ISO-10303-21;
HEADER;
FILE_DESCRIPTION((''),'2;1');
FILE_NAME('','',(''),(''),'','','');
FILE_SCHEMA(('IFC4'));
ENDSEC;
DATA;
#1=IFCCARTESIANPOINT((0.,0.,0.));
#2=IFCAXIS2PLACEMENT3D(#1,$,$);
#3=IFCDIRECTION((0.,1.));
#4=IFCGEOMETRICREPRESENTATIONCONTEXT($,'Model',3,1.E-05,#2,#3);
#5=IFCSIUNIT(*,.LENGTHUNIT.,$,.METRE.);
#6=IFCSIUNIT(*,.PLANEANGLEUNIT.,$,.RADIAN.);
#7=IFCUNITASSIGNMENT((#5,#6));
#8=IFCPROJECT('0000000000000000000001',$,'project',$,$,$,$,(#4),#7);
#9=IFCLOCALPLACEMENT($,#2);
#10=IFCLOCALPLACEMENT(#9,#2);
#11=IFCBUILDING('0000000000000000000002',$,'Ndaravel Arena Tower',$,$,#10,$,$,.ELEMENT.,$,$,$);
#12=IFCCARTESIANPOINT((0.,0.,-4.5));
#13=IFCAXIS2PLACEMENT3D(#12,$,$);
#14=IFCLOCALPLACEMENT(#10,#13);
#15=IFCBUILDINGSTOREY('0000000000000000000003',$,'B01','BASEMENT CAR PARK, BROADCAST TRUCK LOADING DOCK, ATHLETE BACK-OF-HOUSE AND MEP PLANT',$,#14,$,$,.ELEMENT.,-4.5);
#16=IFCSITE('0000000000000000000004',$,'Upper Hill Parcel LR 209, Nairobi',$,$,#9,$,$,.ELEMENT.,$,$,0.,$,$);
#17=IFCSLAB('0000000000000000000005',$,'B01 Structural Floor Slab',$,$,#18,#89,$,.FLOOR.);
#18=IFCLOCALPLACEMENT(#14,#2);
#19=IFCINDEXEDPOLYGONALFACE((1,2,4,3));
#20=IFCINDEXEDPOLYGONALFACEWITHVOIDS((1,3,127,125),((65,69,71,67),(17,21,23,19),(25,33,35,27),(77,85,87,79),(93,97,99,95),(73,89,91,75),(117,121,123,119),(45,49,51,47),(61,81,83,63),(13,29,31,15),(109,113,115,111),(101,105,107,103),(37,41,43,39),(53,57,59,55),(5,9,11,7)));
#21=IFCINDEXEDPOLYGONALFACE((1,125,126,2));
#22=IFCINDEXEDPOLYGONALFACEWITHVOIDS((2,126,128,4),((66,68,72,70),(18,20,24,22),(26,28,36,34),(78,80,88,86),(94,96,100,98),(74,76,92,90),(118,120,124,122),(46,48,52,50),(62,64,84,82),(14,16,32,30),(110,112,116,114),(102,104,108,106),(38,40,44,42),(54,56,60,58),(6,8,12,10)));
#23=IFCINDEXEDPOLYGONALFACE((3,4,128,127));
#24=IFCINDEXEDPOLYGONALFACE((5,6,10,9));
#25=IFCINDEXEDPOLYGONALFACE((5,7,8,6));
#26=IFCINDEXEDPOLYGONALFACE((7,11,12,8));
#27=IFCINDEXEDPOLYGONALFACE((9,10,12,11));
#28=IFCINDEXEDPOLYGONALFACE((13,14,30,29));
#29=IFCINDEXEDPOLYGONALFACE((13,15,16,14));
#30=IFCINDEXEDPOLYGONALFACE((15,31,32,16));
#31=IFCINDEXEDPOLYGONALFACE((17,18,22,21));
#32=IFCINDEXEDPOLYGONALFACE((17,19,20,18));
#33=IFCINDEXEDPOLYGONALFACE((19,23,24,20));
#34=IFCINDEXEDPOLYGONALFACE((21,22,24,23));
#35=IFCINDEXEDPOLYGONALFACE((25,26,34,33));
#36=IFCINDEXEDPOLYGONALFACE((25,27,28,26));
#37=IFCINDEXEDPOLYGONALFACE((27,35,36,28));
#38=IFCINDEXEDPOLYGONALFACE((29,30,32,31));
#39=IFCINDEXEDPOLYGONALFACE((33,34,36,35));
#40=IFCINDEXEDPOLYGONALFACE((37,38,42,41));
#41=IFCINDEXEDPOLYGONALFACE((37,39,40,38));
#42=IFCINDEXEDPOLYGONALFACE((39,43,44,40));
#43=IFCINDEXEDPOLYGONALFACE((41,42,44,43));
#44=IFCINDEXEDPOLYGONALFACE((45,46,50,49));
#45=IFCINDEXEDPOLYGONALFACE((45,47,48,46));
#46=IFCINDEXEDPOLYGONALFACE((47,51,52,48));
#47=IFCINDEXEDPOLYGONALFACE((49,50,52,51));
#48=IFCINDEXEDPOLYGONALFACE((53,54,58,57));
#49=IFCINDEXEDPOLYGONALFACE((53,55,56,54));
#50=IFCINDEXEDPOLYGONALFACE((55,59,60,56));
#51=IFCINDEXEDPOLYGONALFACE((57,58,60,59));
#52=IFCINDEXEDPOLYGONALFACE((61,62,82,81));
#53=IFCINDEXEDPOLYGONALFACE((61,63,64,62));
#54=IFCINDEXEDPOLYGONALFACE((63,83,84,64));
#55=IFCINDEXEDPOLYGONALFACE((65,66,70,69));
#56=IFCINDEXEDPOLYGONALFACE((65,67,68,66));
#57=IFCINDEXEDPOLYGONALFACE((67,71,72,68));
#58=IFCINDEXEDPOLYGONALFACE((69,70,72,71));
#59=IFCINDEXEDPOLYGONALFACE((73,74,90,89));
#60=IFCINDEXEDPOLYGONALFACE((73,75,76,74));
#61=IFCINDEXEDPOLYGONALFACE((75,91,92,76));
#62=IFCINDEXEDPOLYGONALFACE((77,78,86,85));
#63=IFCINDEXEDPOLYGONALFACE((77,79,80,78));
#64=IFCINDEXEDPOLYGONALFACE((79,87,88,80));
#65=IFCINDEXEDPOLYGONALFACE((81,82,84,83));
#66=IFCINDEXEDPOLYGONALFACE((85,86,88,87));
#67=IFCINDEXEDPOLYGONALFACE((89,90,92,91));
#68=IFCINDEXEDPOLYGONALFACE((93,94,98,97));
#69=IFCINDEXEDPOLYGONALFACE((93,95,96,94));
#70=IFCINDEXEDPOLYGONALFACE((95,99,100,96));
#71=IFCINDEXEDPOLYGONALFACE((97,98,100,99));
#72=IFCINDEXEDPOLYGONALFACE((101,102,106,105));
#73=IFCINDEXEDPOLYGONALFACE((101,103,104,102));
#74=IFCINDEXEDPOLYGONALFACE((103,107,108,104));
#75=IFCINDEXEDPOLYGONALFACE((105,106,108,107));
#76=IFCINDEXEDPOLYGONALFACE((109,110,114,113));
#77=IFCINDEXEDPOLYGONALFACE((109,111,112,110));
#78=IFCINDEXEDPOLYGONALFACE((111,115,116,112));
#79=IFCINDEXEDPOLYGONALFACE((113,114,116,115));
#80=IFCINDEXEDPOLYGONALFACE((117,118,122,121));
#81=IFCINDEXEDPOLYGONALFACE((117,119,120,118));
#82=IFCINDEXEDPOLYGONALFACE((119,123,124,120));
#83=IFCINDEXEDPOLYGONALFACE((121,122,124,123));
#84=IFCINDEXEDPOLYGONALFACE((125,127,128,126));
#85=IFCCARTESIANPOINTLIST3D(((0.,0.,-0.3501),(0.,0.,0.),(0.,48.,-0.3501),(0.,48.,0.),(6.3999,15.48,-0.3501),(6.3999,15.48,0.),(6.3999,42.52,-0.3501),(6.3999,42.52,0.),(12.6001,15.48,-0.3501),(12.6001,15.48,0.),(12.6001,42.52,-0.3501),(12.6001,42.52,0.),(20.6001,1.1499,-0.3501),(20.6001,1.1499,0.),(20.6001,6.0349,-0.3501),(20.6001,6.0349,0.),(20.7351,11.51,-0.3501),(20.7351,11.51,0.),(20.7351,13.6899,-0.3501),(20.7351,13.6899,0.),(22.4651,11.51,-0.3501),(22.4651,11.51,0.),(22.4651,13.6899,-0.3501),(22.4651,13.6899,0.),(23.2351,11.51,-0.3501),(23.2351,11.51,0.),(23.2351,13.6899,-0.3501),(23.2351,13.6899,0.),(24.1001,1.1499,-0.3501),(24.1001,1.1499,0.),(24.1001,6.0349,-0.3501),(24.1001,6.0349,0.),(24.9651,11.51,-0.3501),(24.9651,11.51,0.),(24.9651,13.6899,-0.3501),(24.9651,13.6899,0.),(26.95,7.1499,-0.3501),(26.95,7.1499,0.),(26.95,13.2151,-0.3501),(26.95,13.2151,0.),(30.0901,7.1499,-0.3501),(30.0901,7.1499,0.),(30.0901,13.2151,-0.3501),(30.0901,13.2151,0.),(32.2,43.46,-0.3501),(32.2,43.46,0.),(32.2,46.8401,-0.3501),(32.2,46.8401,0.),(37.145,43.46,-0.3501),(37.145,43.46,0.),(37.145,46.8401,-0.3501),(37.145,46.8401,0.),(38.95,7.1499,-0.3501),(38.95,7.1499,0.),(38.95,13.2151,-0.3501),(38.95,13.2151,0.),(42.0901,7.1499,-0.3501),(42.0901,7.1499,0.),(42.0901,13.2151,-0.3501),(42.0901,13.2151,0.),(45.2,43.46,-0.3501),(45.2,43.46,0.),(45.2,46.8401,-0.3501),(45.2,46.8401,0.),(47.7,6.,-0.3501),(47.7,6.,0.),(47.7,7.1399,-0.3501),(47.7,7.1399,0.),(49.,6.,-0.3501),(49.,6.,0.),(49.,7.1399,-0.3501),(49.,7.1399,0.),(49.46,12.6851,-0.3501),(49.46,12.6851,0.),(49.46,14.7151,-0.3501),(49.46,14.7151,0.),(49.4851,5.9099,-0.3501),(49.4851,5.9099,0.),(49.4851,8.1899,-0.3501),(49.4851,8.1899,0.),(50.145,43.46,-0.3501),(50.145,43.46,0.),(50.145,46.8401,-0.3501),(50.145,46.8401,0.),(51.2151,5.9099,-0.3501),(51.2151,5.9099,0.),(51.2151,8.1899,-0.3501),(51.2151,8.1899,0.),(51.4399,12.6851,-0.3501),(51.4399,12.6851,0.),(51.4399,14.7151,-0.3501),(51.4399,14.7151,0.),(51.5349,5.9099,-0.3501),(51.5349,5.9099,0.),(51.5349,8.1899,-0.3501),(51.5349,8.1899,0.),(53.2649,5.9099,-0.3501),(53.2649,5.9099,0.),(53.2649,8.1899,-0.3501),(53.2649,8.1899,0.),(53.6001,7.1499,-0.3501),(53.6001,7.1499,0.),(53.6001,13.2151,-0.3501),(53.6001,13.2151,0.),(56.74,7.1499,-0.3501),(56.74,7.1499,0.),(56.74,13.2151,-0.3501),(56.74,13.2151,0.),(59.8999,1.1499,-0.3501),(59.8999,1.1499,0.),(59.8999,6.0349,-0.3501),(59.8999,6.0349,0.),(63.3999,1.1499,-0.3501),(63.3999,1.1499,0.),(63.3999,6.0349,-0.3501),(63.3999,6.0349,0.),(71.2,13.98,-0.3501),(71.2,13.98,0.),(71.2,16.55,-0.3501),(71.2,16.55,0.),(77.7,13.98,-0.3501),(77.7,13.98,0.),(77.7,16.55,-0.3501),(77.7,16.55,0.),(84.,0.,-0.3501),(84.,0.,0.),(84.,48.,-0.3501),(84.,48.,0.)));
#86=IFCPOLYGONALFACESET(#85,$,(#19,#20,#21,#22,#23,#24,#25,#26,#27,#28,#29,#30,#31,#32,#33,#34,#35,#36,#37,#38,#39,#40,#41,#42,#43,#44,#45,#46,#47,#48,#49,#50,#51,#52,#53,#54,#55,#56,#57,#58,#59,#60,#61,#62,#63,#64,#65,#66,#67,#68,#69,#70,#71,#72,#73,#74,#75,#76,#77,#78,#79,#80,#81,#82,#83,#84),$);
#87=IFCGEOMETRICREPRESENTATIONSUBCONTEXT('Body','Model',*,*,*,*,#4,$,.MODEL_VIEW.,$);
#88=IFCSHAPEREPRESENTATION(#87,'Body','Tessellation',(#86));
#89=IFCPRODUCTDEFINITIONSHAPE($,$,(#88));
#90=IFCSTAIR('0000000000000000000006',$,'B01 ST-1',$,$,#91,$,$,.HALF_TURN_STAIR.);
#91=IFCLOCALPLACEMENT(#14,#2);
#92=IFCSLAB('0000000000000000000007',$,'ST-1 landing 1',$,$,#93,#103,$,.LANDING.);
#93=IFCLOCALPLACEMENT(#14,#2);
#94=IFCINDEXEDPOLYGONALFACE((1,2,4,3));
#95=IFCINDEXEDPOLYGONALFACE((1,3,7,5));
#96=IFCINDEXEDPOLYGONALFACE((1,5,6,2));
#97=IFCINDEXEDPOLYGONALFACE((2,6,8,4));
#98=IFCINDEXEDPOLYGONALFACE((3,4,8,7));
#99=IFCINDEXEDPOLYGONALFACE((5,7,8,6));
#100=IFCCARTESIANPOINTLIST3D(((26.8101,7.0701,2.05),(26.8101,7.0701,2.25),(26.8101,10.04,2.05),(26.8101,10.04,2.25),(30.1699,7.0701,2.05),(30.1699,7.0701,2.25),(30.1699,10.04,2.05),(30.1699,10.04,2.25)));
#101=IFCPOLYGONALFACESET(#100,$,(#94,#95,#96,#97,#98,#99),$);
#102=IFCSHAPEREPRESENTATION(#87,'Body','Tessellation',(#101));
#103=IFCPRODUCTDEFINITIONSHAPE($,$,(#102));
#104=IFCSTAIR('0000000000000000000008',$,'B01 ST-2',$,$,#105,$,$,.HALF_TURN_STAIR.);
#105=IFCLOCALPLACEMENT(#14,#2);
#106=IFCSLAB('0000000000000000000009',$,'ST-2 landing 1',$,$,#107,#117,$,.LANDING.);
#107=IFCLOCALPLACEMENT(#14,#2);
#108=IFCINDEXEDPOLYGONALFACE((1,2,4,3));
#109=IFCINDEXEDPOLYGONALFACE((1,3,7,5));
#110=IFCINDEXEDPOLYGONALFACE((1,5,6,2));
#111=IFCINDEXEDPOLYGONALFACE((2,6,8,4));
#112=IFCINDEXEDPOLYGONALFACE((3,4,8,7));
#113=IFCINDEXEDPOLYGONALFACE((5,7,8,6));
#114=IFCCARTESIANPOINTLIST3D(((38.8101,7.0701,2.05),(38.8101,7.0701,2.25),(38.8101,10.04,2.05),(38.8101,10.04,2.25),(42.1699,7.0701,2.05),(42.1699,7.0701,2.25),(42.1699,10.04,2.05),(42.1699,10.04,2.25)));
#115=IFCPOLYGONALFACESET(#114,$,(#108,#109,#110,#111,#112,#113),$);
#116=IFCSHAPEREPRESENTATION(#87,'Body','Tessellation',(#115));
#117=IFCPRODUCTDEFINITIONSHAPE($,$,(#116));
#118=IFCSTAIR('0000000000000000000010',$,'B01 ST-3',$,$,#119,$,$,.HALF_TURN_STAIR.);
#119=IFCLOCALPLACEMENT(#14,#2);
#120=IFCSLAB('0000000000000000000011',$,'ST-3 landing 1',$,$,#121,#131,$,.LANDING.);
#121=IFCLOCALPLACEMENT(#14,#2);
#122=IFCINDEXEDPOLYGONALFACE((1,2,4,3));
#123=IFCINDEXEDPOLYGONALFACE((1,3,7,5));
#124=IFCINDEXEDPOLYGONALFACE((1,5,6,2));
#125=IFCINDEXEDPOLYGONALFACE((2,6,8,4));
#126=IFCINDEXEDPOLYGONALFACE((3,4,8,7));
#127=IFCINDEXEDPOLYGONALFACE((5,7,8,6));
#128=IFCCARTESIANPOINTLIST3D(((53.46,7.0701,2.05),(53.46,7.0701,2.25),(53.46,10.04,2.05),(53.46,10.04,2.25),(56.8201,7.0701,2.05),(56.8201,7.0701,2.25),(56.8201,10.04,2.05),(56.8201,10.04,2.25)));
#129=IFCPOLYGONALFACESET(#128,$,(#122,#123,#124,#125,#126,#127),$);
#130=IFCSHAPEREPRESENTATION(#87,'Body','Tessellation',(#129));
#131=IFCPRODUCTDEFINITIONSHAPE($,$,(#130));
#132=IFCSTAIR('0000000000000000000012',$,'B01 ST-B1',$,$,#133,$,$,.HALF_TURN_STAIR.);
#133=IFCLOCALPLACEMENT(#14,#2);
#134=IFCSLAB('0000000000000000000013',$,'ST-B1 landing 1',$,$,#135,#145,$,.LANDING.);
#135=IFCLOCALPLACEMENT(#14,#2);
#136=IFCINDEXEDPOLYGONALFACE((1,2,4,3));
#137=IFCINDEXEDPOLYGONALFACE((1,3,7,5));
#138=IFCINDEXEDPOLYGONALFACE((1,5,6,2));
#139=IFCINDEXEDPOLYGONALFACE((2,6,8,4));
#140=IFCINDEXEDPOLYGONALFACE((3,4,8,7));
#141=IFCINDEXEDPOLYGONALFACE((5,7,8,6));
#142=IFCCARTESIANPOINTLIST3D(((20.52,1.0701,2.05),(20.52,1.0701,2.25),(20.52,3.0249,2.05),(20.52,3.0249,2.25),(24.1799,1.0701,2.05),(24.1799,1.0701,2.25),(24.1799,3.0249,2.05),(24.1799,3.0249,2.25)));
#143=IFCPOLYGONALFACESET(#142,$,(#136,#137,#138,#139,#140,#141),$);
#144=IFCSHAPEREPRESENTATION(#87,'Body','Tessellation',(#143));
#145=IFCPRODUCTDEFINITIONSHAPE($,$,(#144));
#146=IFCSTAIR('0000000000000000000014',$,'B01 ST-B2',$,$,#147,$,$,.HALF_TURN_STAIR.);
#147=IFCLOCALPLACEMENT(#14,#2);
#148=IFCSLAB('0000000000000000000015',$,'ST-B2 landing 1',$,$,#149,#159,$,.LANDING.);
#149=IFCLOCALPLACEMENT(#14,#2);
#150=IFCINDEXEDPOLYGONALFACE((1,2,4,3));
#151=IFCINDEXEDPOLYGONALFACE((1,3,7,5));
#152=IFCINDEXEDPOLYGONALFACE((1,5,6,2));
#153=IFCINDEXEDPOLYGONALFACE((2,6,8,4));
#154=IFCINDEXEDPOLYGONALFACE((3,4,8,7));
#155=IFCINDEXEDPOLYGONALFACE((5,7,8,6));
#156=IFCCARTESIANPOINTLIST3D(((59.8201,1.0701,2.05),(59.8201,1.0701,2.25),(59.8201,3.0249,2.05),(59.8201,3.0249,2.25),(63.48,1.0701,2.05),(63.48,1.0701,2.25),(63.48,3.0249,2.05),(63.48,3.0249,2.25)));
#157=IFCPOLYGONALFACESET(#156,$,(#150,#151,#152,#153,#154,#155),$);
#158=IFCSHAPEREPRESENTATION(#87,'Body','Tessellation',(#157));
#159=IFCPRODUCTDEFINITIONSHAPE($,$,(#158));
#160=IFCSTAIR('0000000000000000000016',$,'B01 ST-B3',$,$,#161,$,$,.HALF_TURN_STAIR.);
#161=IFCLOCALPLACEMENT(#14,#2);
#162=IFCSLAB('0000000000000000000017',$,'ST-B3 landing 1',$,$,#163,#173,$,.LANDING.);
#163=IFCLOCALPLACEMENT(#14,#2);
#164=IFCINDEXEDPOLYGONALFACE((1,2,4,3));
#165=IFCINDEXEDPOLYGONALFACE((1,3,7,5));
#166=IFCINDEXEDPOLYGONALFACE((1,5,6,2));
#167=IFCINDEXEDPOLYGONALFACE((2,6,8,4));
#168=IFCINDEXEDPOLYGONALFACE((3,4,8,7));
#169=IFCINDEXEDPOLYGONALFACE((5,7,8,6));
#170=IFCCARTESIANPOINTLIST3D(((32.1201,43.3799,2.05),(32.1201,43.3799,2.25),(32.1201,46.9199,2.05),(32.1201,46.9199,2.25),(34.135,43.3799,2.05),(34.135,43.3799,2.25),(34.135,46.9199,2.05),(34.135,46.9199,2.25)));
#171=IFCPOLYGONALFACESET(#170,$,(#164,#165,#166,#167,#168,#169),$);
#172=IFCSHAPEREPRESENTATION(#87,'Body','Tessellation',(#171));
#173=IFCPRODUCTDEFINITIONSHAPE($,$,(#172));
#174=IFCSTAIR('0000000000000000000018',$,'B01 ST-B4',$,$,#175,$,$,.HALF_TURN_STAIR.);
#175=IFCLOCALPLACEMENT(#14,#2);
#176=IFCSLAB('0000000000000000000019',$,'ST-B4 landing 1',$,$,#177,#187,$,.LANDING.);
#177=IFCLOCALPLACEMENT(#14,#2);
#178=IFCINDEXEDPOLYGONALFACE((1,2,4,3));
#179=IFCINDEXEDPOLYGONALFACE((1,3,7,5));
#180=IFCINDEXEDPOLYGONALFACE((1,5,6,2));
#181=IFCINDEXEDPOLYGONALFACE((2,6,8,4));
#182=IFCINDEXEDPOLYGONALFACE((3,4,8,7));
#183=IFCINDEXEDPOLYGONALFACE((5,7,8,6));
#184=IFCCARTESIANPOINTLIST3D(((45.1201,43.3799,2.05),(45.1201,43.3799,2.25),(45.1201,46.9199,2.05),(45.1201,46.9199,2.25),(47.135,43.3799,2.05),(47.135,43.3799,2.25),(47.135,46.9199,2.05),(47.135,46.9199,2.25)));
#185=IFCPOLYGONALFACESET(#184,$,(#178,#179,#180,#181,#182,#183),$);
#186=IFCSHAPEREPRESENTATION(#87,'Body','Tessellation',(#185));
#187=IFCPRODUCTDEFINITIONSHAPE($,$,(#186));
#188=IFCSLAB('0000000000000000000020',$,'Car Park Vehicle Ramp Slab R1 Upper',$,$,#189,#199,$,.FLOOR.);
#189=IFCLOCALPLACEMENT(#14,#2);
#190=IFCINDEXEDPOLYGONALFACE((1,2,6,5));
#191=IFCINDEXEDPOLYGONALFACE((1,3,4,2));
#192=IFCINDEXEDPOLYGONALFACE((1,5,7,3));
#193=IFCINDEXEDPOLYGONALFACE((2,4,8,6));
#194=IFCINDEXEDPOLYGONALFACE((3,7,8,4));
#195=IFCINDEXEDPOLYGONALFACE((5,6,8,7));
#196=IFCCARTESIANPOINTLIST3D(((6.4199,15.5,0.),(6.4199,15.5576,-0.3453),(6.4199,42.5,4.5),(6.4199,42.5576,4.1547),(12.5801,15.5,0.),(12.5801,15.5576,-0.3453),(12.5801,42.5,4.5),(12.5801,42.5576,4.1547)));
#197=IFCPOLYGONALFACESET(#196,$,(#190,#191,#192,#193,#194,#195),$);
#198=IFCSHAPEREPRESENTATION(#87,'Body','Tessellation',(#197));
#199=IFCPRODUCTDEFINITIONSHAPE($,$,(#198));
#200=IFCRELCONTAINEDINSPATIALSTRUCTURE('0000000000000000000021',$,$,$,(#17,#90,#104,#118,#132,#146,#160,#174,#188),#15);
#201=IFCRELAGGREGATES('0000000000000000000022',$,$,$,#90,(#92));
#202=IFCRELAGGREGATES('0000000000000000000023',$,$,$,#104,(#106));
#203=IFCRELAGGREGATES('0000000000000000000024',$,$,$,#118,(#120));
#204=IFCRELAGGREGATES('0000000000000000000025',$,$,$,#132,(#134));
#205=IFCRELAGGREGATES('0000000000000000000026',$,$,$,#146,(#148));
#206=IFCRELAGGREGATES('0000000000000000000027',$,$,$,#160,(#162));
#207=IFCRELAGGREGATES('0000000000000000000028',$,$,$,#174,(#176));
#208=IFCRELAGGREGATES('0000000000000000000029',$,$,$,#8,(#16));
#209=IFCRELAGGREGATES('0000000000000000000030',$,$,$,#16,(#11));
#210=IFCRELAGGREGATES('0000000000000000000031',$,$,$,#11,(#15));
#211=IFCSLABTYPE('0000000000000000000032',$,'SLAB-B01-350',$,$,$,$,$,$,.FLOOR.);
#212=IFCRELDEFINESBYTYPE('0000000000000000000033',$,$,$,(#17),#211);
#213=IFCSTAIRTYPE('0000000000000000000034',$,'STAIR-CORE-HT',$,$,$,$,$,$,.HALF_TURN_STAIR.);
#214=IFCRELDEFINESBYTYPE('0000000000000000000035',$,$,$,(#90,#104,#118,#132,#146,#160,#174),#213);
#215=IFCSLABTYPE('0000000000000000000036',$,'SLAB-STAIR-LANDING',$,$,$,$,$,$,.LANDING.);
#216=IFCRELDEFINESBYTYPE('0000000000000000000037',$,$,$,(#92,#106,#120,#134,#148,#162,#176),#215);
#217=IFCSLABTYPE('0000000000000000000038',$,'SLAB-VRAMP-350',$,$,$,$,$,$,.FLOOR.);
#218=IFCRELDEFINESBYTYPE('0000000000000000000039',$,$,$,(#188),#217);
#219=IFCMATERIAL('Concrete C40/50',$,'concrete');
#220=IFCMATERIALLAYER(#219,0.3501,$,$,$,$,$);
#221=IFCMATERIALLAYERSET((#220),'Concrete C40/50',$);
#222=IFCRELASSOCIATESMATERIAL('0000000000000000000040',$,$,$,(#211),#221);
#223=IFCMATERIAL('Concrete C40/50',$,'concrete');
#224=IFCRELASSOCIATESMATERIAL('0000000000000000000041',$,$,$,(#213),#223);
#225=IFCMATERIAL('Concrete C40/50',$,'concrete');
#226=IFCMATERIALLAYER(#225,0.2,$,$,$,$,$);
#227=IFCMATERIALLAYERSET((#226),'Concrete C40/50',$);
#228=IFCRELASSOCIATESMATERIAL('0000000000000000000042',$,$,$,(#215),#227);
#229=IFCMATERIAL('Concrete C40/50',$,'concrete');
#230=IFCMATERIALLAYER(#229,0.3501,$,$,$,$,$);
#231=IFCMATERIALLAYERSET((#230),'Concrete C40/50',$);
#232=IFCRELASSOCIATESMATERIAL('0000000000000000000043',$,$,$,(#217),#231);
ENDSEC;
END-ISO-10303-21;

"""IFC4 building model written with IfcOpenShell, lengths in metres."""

from ifc_helpers import new_model, si_unit, direction, frame, origin, place, context, subcontext, project, spatial, polyline, outline, extrude, material, layer, layer_set, type_object, element, aggregate, save


model = new_model("IFC4")

# Units and contexts
model_context = context("Model", 3, precision=1e-05, world=origin(), true_north=direction((0.0, 1.0)))
body_context = subcontext(model_context, "Body", "Model", "MODEL_VIEW")
ifc_project = project(units=[si_unit("LENGTHUNIT", "METRE"), si_unit("PLANEANGLEUNIT", "RADIAN")], contexts=[model_context])

# Site, building, storey
site_placement = place(None, origin())
site = spatial("IfcSite", under=ifc_project, at=site_placement, Name="Upper Hill Parcel LR 209, Nairobi", CompositionType="ELEMENT", RefElevation=0.0)
building_placement = place(site_placement, origin())
building = spatial("IfcBuilding", under=site, at=building_placement, Name="Ndaravel Arena Tower", CompositionType="ELEMENT")
storey_placement = place(building_placement, frame((0.0, 0.0, -4.5)))
storey = spatial("IfcBuildingStorey", under=building, at=storey_placement, Name="B01", Description="BASEMENT CAR PARK, BROADCAST TRUCK LOADING DOCK, ATHLETE BACK-OF-HOUSE AND MEP PLANT", CompositionType="ELEMENT", Elevation=-4.5)

# Slab
ifc_material_1 = material(Name="Concrete C40/50", Category="concrete")
ifc_layer_1 = layer(ifc_material_1, 0.3501)
ifc_layer_set_1 = layer_set([ifc_layer_1], Name="Concrete C40/50")
slab_type_1 = type_object("IfcSlabType", Name="SLAB-B01-350", PredefinedType="FLOOR", material=ifc_layer_set_1)
slab_1_placement = place(storey_placement, frame((0.0, 0.0, -0.3501)))
element("IfcSlab", 1, at=slab_1_placement, inside=storey, type_object=slab_type_1, Name="B01 Structural Floor Slab", PredefinedType="FLOOR", context=body_context, shape_type="SweptSolid", body=[
    extrude(outline(polyline([(0.0, 0.0), (84.0, 0.0), (84.0, 48.0), (0.0, 48.0), (0.0, 0.0)]), holes=[polyline([(26.95, 13.2151), (26.95, 7.1499), (30.0901, 7.1499), (30.0901, 13.2151), (26.95, 13.2151)]), polyline([(38.95, 13.2151), (38.95, 7.1499), (42.0901, 7.1499), (42.0901, 13.2151), (38.95, 13.2151)]), polyline([(53.6001, 13.2151), (53.6001, 7.1499), (56.74, 7.1499), (56.74, 13.2151), (53.6001, 13.2151)]), polyline([(20.6001, 6.0349), (20.6001, 1.1499), (24.1001, 1.1499), (24.1001, 6.0349), (20.6001, 6.0349)]), polyline([(59.8999, 6.0349), (59.8999, 1.1499), (63.3999, 1.1499), (63.3999, 6.0349), (59.8999, 6.0349)]), polyline([(37.145, 46.8401), (32.2, 46.8401), (32.2, 43.46), (37.145, 43.46), (37.145, 46.8401)]), polyline([(50.145, 46.8401), (45.2, 46.8401), (45.2, 43.46), (50.145, 43.46), (50.145, 46.8401)]), polyline([(49.4851, 5.9099), (51.2151, 5.9099), (51.2151, 8.1899), (49.4851, 8.1899), (49.4851, 5.9099)]), polyline([(51.5349, 5.9099), (53.2649, 5.9099), (53.2649, 8.1899), (51.5349, 8.1899), (51.5349, 5.9099)]), polyline([(49.46, 12.6851), (51.4399, 12.6851), (51.4399, 14.7151), (49.46, 14.7151), (49.46, 12.6851)]), polyline([(20.7351, 11.51), (22.4651, 11.51), (22.4651, 13.6899), (20.7351, 13.6899), (20.7351, 11.51)]), polyline([(23.2351, 11.51), (24.9651, 11.51), (24.9651, 13.6899), (23.2351, 13.6899), (23.2351, 11.51)]), polyline([(47.7, 6.0), (49.0, 6.0), (49.0, 7.1399), (47.7, 7.1399), (47.7, 6.0)]), polyline([(6.3999, 15.48), (12.6001, 15.48), (12.6001, 42.52), (6.3999, 42.52), (6.3999, 15.48)]), polyline([(71.2, 13.98), (77.7, 13.98), (77.7, 16.55), (71.2, 16.55), (71.2, 13.98)])]), origin(), (0.0, 0.0, 1.0), 0.3501),
])

# Stairs, slabs
ifc_material_2 = material(Name="Concrete C40/50", Category="concrete")
stair_type = type_object("IfcStairType", Name="STAIR-CORE-HT", PredefinedType="HALF_TURN_STAIR", material=ifc_material_2)
stair_1_placement = place(storey_placement, origin())
stair_1 = element("IfcStair", 2, at=stair_1_placement, inside=storey, type_object=stair_type, Name="B01 ST-1", PredefinedType="HALF_TURN_STAIR")
ifc_material_3 = material(Name="Concrete C40/50", Category="concrete")
ifc_layer_2 = layer(ifc_material_3, 0.2)
ifc_layer_set_2 = layer_set([ifc_layer_2], Name="Concrete C40/50")
slab_type_2 = type_object("IfcSlabType", Name="SLAB-STAIR-LANDING", PredefinedType="LANDING", material=ifc_layer_set_2)
slab_2_placement = place(storey_placement, frame((0.0, 0.0, 2.05)))
slab_2 = element("IfcSlab", 3, at=slab_2_placement, type_object=slab_type_2, Name="ST-1 landing 1", PredefinedType="LANDING", context=body_context, shape_type="SweptSolid", body=[
    extrude(outline(polyline([(26.8101, 10.04), (26.8101, 7.0701), (30.1699, 7.0701), (30.1699, 10.04), (26.8101, 10.04)])), origin(), (0.0, 0.0, 1.0), 0.2),
])
aggregate(stair_1, [slab_2])
stair_2_placement = place(storey_placement, origin())
stair_2 = element("IfcStair", 4, at=stair_2_placement, inside=storey, type_object=stair_type, Name="B01 ST-2", PredefinedType="HALF_TURN_STAIR")
slab_3_placement = place(storey_placement, frame((0.0, 0.0, 2.05)))
slab_3 = element("IfcSlab", 5, at=slab_3_placement, type_object=slab_type_2, Name="ST-2 landing 1", PredefinedType="LANDING", context=body_context, shape_type="SweptSolid", body=[
    extrude(outline(polyline([(38.8101, 10.04), (38.8101, 7.0701), (42.1699, 7.0701), (42.1699, 10.04), (38.8101, 10.04)])), origin(), (0.0, 0.0, 1.0), 0.2),
])
aggregate(stair_2, [slab_3])
stair_3_placement = place(storey_placement, origin())
stair_3 = element("IfcStair", 6, at=stair_3_placement, inside=storey, type_object=stair_type, Name="B01 ST-3", PredefinedType="HALF_TURN_STAIR")
slab_4_placement = place(storey_placement, frame((0.0, 0.0, 2.05)))
slab_4 = element("IfcSlab", 7, at=slab_4_placement, type_object=slab_type_2, Name="ST-3 landing 1", PredefinedType="LANDING", context=body_context, shape_type="SweptSolid", body=[
    extrude(outline(polyline([(53.46, 10.04), (53.46, 7.0701), (56.8201, 7.0701), (56.8201, 10.04), (53.46, 10.04)])), origin(), (0.0, 0.0, 1.0), 0.2),
])
aggregate(stair_3, [slab_4])
stair_4_placement = place(storey_placement, origin())
stair_4 = element("IfcStair", 8, at=stair_4_placement, inside=storey, type_object=stair_type, Name="B01 ST-B1", PredefinedType="HALF_TURN_STAIR")
slab_5_placement = place(storey_placement, frame((0.0, 0.0, 2.05)))
slab_5 = element("IfcSlab", 9, at=slab_5_placement, type_object=slab_type_2, Name="ST-B1 landing 1", PredefinedType="LANDING", context=body_context, shape_type="SweptSolid", body=[
    extrude(outline(polyline([(20.52, 3.0249), (20.52, 1.0701), (24.1799, 1.0701), (24.1799, 3.0249), (20.52, 3.0249)])), origin(), (0.0, 0.0, 1.0), 0.2),
])
aggregate(stair_4, [slab_5])
stair_5_placement = place(storey_placement, origin())
stair_5 = element("IfcStair", 10, at=stair_5_placement, inside=storey, type_object=stair_type, Name="B01 ST-B2", PredefinedType="HALF_TURN_STAIR")
slab_6_placement = place(storey_placement, frame((0.0, 0.0, 2.05)))
slab_6 = element("IfcSlab", 11, at=slab_6_placement, type_object=slab_type_2, Name="ST-B2 landing 1", PredefinedType="LANDING", context=body_context, shape_type="SweptSolid", body=[
    extrude(outline(polyline([(59.8201, 3.0249), (59.8201, 1.0701), (63.48, 1.0701), (63.48, 3.0249), (59.8201, 3.0249)])), origin(), (0.0, 0.0, 1.0), 0.2),
])
aggregate(stair_5, [slab_6])
stair_6_placement = place(storey_placement, origin())
stair_6 = element("IfcStair", 12, at=stair_6_placement, inside=storey, type_object=stair_type, Name="B01 ST-B3", PredefinedType="HALF_TURN_STAIR")
slab_7_placement = place(storey_placement, frame((0.0, 0.0, 2.05)))
slab_7 = element("IfcSlab", 13, at=slab_7_placement, type_object=slab_type_2, Name="ST-B3 landing 1", PredefinedType="LANDING", context=body_context, shape_type="SweptSolid", body=[
    extrude(outline(polyline([(34.135, 46.9199), (32.1201, 46.9199), (32.1201, 43.3799), (34.135, 43.3799), (34.135, 46.9199)])), origin(), (0.0, 0.0, 1.0), 0.2),
])
aggregate(stair_6, [slab_7])
stair_7_placement = place(storey_placement, origin())
stair_7 = element("IfcStair", 14, at=stair_7_placement, inside=storey, type_object=stair_type, Name="B01 ST-B4", PredefinedType="HALF_TURN_STAIR")
slab_8_placement = place(storey_placement, frame((0.0, 0.0, 2.05)))
slab_8 = element("IfcSlab", 15, at=slab_8_placement, type_object=slab_type_2, Name="ST-B4 landing 1", PredefinedType="LANDING", context=body_context, shape_type="SweptSolid", body=[
    extrude(outline(polyline([(47.135, 46.9199), (45.1201, 46.9199), (45.1201, 43.3799), (47.135, 43.3799), (47.135, 46.9199)])), origin(), (0.0, 0.0, 1.0), 0.2),
])
aggregate(stair_7, [slab_8])

# Slab
ifc_material_4 = material(Name="Concrete C40/50", Category="concrete")
ifc_layer_3 = layer(ifc_material_4, 0.3501)
ifc_layer_set_3 = layer_set([ifc_layer_3], Name="Concrete C40/50")
slab_type_3 = type_object("IfcSlabType", Name="SLAB-VRAMP-350", PredefinedType="FLOOR", material=ifc_layer_set_3)
slab_9_placement = place(storey_placement, frame((6.4199, 15.5, 0.0), z_axis=(0.0, -0.164399, 0.986394), x_axis=(1.0, 0.0, 0.0)))
element("IfcSlab", 16, at=slab_9_placement, inside=storey, type_object=slab_type_3, Name="Car Park Vehicle Ramp Slab R1 Upper", PredefinedType="FLOOR", context=body_context, shape_type="SweptSolid", body=[
    extrude(outline(polyline([(0.0, 0.0), (6.1602, 0.0), (6.1602, 27.3724), (0.0, 27.3724), (0.0, 0.0)])), origin(), (0.0, 0.0, -1.0), 0.3501),
])

save(model, "model.ifc")
